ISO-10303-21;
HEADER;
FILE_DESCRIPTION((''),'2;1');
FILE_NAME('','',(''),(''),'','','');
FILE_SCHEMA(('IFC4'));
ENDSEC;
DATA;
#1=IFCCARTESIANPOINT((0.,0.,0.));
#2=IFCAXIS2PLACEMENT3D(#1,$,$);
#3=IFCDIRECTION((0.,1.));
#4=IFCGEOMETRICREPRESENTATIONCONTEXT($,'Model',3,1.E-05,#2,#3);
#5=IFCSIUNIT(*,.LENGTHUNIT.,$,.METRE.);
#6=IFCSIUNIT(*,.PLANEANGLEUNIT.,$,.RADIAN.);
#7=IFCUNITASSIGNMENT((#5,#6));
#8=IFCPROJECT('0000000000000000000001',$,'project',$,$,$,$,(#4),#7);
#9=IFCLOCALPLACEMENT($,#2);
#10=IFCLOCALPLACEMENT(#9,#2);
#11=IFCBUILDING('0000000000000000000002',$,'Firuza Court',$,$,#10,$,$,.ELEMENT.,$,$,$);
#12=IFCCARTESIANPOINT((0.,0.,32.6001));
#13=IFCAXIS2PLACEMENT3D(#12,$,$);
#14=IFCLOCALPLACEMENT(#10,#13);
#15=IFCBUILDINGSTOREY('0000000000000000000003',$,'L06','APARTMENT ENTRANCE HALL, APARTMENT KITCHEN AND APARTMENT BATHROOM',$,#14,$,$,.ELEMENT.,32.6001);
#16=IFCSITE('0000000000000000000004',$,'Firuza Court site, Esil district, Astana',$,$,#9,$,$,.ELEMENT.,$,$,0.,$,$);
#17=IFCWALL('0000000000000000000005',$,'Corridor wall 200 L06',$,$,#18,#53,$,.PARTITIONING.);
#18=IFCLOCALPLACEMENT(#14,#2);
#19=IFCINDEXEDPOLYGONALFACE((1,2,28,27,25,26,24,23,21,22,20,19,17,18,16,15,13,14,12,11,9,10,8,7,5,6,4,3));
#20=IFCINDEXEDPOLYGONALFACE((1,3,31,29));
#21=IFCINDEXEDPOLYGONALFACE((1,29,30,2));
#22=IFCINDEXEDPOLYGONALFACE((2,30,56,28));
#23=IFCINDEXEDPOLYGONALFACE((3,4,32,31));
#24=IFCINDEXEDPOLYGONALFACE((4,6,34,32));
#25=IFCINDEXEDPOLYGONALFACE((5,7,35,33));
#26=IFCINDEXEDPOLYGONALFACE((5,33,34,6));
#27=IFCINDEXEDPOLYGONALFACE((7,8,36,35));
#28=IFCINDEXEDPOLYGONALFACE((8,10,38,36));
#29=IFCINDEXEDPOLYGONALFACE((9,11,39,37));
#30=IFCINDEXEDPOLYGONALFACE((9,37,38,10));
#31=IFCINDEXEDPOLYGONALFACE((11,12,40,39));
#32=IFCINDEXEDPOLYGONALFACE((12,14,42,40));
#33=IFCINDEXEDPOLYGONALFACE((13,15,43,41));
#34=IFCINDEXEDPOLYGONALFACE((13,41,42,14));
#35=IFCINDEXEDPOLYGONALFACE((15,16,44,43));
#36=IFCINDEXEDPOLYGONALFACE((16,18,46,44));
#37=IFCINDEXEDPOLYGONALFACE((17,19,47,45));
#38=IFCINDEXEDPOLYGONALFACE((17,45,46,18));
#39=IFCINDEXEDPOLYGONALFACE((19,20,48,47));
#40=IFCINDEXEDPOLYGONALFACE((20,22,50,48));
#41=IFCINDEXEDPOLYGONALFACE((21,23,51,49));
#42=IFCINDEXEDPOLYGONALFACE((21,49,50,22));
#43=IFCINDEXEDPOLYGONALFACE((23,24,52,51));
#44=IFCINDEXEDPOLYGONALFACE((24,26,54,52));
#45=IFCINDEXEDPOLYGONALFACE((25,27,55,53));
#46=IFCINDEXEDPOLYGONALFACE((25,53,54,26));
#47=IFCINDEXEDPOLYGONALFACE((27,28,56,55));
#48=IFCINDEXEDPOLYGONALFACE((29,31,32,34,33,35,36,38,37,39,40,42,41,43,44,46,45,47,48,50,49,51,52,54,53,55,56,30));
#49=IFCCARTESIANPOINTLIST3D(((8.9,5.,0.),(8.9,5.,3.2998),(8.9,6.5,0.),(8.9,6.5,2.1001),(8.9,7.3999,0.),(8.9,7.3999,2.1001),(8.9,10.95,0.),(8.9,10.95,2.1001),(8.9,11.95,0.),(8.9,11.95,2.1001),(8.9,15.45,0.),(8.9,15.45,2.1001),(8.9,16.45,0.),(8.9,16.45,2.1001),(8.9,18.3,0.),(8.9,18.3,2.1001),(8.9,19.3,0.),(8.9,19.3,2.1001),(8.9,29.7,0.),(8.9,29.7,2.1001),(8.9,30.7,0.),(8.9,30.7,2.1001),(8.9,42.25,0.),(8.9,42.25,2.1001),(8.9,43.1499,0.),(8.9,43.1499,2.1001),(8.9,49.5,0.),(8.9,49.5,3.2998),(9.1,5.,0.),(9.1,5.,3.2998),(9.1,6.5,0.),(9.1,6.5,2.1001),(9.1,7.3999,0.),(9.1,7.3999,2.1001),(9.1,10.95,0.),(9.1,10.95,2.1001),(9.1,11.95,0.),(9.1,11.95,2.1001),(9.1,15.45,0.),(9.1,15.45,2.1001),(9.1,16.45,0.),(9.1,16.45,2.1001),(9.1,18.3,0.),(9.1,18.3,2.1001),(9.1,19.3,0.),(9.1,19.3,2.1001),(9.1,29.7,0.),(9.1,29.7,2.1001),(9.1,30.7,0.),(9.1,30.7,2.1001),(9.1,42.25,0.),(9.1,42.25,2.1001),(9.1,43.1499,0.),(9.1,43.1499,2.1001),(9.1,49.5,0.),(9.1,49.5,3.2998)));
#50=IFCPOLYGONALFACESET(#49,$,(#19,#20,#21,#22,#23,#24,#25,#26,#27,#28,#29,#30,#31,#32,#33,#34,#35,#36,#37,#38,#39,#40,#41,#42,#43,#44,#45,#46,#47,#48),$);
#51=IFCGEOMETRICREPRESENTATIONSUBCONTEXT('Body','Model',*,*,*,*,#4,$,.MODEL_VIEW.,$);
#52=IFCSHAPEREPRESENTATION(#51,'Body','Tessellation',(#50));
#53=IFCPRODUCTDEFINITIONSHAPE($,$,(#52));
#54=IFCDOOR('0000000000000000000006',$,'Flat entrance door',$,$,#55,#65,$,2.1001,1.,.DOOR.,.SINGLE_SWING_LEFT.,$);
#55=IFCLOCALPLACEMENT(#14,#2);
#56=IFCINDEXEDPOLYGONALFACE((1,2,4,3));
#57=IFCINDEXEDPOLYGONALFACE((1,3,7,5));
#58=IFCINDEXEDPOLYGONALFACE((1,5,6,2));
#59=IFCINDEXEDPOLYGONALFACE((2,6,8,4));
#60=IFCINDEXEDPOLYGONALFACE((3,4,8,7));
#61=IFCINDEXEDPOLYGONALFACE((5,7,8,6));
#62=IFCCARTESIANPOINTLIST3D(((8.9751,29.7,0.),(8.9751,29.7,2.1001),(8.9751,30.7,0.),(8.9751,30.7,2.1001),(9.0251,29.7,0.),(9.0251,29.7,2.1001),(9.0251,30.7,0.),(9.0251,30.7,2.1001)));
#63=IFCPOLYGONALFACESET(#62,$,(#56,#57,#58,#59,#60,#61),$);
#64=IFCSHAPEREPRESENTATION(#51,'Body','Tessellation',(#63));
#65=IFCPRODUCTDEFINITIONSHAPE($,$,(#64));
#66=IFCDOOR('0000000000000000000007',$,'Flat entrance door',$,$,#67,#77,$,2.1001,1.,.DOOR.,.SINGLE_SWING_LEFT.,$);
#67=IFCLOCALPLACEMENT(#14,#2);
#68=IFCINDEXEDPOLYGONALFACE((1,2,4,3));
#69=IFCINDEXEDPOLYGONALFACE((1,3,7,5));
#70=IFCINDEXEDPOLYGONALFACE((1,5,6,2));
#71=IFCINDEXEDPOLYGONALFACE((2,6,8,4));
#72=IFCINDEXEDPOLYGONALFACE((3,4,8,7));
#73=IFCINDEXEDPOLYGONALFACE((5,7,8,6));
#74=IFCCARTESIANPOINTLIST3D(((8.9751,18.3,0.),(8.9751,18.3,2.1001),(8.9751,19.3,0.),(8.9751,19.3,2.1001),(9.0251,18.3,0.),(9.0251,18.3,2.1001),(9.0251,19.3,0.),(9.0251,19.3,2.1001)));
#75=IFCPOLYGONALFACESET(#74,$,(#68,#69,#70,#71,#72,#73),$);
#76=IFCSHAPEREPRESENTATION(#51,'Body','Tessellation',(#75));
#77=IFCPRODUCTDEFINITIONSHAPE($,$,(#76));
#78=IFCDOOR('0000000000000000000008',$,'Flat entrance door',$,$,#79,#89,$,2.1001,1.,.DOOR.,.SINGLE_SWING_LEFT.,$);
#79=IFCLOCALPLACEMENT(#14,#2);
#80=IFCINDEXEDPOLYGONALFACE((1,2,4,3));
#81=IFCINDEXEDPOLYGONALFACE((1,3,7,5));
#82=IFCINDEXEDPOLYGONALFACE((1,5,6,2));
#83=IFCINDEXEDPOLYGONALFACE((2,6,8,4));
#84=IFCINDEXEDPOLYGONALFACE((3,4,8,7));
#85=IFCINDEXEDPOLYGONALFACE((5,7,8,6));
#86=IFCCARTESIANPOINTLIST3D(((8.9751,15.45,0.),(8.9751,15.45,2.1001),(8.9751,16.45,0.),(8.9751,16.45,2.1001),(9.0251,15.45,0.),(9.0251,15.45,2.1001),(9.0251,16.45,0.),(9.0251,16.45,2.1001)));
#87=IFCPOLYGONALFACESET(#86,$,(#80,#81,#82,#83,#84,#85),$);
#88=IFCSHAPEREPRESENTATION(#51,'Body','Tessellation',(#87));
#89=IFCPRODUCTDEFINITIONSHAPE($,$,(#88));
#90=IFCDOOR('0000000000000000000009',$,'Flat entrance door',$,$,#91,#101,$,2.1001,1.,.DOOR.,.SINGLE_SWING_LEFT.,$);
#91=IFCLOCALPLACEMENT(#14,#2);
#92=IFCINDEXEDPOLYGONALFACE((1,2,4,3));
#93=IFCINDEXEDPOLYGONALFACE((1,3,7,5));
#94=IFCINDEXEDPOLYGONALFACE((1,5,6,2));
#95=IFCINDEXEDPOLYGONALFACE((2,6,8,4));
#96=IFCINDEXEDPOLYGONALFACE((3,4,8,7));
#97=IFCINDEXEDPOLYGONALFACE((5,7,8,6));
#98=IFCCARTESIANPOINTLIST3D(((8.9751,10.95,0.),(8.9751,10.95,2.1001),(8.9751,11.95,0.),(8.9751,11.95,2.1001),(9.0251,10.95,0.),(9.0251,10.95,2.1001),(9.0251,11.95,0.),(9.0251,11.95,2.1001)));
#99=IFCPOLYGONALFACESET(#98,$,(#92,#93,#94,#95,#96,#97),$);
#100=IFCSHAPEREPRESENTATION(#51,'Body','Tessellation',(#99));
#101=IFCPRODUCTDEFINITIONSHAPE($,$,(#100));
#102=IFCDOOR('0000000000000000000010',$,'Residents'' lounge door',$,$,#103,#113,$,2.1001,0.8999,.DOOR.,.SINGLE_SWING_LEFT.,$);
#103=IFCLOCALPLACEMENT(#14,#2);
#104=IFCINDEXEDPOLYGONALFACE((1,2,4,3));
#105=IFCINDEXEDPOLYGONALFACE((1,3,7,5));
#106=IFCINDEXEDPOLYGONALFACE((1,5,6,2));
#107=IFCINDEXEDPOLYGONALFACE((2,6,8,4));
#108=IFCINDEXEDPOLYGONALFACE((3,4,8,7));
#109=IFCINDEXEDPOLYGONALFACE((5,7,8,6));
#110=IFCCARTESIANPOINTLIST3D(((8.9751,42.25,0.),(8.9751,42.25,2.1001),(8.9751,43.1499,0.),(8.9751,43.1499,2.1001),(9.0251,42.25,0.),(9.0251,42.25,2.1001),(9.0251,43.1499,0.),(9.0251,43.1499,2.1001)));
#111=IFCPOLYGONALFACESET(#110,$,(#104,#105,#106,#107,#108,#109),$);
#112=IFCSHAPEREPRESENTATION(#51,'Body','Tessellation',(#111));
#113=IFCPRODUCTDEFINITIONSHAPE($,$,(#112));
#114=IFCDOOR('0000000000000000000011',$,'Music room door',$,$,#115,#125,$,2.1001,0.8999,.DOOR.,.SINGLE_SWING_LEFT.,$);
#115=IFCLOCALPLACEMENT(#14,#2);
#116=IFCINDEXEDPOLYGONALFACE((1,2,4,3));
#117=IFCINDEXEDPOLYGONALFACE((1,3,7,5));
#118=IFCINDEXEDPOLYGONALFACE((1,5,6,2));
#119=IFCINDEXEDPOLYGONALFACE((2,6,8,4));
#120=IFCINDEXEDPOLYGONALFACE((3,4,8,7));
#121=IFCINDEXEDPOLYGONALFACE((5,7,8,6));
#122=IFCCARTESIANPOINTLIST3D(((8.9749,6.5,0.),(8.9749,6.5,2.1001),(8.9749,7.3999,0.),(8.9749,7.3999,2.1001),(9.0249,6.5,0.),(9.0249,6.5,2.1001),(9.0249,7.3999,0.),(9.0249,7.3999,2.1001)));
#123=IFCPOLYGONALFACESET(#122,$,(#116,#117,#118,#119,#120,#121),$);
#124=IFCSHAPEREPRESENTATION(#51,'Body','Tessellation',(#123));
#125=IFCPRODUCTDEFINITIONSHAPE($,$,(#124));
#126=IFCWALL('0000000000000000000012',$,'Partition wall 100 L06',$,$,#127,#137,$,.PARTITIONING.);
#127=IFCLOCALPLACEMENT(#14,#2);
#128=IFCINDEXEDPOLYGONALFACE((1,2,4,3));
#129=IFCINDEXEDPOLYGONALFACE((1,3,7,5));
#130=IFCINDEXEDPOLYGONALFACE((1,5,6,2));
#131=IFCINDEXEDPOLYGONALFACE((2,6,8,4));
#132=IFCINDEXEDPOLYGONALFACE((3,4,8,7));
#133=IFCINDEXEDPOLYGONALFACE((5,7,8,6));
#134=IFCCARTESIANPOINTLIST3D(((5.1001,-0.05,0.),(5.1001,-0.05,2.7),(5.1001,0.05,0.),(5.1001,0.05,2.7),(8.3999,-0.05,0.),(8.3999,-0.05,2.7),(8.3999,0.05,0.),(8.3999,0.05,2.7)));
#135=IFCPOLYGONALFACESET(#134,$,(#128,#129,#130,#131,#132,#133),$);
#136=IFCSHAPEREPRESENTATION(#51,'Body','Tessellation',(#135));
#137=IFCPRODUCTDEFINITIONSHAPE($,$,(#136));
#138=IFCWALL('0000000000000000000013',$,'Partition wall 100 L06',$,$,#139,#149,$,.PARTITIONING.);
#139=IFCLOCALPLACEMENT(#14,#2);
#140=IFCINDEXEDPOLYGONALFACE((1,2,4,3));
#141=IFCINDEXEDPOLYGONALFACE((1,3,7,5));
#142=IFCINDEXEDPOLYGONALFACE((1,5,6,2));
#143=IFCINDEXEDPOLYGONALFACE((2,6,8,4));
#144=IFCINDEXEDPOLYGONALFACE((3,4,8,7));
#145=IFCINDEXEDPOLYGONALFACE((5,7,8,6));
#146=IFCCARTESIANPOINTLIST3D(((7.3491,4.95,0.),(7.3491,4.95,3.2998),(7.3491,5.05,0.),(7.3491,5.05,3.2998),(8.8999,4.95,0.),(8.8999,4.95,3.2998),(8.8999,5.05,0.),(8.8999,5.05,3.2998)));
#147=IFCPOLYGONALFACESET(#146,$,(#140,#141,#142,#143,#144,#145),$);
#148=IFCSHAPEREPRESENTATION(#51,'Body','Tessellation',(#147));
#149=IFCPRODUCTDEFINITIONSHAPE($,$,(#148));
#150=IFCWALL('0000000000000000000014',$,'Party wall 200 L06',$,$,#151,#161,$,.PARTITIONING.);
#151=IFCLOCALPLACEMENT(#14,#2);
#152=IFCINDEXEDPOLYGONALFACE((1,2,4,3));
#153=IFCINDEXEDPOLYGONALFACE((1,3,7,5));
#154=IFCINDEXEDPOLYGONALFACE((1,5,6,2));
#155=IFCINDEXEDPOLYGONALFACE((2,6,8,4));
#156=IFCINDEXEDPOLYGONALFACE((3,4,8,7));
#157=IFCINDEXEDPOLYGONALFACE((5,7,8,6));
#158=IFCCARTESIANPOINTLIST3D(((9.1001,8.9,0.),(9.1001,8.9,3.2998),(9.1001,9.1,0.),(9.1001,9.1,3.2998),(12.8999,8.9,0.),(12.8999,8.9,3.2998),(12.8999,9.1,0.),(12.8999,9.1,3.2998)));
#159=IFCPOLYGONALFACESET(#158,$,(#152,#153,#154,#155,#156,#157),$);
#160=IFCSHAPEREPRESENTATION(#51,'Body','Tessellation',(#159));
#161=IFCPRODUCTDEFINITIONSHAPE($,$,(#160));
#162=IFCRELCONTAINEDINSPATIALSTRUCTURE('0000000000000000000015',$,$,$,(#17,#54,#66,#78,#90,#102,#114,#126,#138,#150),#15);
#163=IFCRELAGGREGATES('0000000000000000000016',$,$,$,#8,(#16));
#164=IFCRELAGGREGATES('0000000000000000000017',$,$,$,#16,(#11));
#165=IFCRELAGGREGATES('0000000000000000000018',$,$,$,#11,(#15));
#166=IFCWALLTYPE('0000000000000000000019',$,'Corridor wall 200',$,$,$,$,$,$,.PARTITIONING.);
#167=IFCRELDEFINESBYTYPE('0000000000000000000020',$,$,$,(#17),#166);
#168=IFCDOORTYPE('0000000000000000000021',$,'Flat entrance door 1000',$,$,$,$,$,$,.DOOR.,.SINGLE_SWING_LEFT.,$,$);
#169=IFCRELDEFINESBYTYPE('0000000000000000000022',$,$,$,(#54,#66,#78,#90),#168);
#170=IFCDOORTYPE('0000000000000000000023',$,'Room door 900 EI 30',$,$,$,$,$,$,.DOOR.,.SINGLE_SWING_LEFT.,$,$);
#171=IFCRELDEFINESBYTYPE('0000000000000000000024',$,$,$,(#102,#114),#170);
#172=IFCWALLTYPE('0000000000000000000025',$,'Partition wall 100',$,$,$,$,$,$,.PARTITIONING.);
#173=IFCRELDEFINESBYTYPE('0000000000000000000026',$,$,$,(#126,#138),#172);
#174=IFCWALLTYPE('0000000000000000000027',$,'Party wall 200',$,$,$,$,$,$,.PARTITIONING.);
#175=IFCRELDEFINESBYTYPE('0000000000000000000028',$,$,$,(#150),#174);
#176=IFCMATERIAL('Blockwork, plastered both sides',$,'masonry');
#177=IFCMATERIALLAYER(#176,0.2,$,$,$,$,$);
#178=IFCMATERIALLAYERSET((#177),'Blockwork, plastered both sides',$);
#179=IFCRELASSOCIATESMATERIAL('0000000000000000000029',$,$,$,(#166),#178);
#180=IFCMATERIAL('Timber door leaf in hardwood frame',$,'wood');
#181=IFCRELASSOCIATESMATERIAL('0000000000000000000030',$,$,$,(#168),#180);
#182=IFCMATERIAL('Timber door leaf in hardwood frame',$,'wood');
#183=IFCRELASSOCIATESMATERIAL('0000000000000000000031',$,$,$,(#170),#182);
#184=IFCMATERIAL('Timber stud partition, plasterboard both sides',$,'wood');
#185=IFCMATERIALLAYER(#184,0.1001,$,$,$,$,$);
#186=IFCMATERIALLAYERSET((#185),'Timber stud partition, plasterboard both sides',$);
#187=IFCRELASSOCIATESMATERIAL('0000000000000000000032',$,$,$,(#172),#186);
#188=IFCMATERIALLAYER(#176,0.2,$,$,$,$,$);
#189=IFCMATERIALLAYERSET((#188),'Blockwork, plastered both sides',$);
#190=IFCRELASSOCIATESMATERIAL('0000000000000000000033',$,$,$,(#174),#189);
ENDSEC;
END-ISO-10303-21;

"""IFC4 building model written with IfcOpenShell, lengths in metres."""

from ifc_helpers import new_model, si_unit, direction, frame, frame_2d, origin, place, context, subcontext, project, spatial, rectangle, extrude, material, layer, layer_set, type_object, element, fill, save


model = new_model("IFC4")

# Units and contexts
model_context = context("Model", 3, precision=1e-05, world=origin(), true_north=direction((0.0, 1.0)))
body_context = subcontext(model_context, "Body", "Model", "MODEL_VIEW")
ifc_project = project(units=[si_unit("LENGTHUNIT", "METRE"), si_unit("PLANEANGLEUNIT", "RADIAN")], contexts=[model_context])

# Site, building, storey
site_placement = place(None, origin())
site = spatial("IfcSite", under=ifc_project, at=site_placement, Name="Firuza Court site, Esil district, Astana", CompositionType="ELEMENT", RefElevation=0.0)
building_placement = place(site_placement, origin())
building = spatial("IfcBuilding", under=site, at=building_placement, Name="Firuza Court", CompositionType="ELEMENT")
storey_placement = place(building_placement, frame((0.0, 0.0, 32.6001)))
storey = spatial("IfcBuildingStorey", under=building, at=storey_placement, Name="L06", Description="APARTMENT ENTRANCE HALL, APARTMENT KITCHEN AND APARTMENT BATHROOM", CompositionType="ELEMENT", Elevation=32.6001)

# Wall, openings, doors
ifc_material_1 = material(Name="Blockwork, plastered both sides", Category="masonry")
ifc_layer_1 = layer(ifc_material_1, 0.2)
ifc_layer_set_1 = layer_set([ifc_layer_1], Name="Blockwork, plastered both sides")
wall_type_1 = type_object("IfcWallType", Name="Corridor wall 200", PredefinedType="PARTITIONING", material=ifc_layer_set_1)
wall_1_placement = place(storey_placement, frame((9.0, 5.0, 0.0), z_axis=(0.0, 0.0, 1.0), x_axis=(0.0, 1.0, 0.0)))
wall_1 = element("IfcWall", 1, at=wall_1_placement, inside=storey, type_object=wall_type_1, Name="Corridor wall 200 L06", PredefinedType="PARTITIONING", context=body_context, shape_type="SweptSolid", body=[
    extrude(rectangle(XDim=44.5, YDim=0.2, at=frame_2d((22.25, 0.0))), origin(), (0.0, 0.0, 1.0), 3.2998),
])
opening_1_placement = place(wall_1_placement, frame((24.7, 0.0, 0.0)))
opening_1 = element("IfcOpeningElement", 2, at=opening_1_placement, cuts=wall_1, PredefinedType="OPENING", context=body_context, shape_type="SweptSolid", body=[
    extrude(rectangle(XDim=1.0, YDim=2.1001, at=frame_2d((0.5, 1.05))), frame((0.0, 0.1118, 0.0), z_axis=(0.0, -1.0, 0.0), x_axis=(1.0, 0.0, 0.0)), (0.0, 0.0, 1.0), 0.2239),
])
opening_2_placement = place(wall_1_placement, frame((13.3, 0.0, 0.0)))
opening_2 = element("IfcOpeningElement", 3, at=opening_2_placement, cuts=wall_1, PredefinedType="OPENING", context=body_context, shape_type="SweptSolid", body=[
    extrude(rectangle(XDim=1.0, YDim=2.1001, at=frame_2d((0.5, 1.05))), frame((0.0, 0.1118, 0.0), z_axis=(0.0, -1.0, 0.0), x_axis=(1.0, 0.0, 0.0)), (0.0, 0.0, 1.0), 0.2239),
])
opening_3_placement = place(wall_1_placement, frame((10.45, 0.0, 0.0)))
opening_3 = element("IfcOpeningElement", 4, at=opening_3_placement, cuts=wall_1, PredefinedType="OPENING", context=body_context, shape_type="SweptSolid", body=[
    extrude(rectangle(XDim=1.0, YDim=2.1001, at=frame_2d((0.5, 1.05))), frame((0.0, 0.1118, 0.0), z_axis=(0.0, -1.0, 0.0), x_axis=(1.0, 0.0, 0.0)), (0.0, 0.0, 1.0), 0.2239),
])
opening_4_placement = place(wall_1_placement, frame((5.95, 0.0, 0.0)))
opening_4 = element("IfcOpeningElement", 5, at=opening_4_placement, cuts=wall_1, PredefinedType="OPENING", context=body_context, shape_type="SweptSolid", body=[
    extrude(rectangle(XDim=1.0, YDim=2.1001, at=frame_2d((0.5, 1.05))), frame((0.0, 0.1118, 0.0), z_axis=(0.0, -1.0, 0.0), x_axis=(1.0, 0.0, 0.0)), (0.0, 0.0, 1.0), 0.2239),
])
opening_5_placement = place(wall_1_placement, frame((37.25, 0.0, 0.0)))
opening_5 = element("IfcOpeningElement", 6, at=opening_5_placement, cuts=wall_1, PredefinedType="OPENING", context=body_context, shape_type="SweptSolid", body=[
    extrude(rectangle(XDim=0.8999, YDim=2.1001, at=frame_2d((0.45, 1.05))), frame((0.0, 0.1118, 0.0), z_axis=(0.0, -1.0, 0.0), x_axis=(1.0, 0.0, 0.0)), (0.0, 0.0, 1.0), 0.2239),
])
opening_6_placement = place(wall_1_placement, frame((1.5, 0.0, 0.0)))
opening_6 = element("IfcOpeningElement", 7, at=opening_6_placement, cuts=wall_1, PredefinedType="OPENING", context=body_context, shape_type="SweptSolid", body=[
    extrude(rectangle(XDim=0.8999, YDim=2.1001, at=frame_2d((0.45, 1.05))), frame((0.0, 0.1118, 0.0), z_axis=(0.0, -1.0, 0.0), x_axis=(1.0, 0.0, 0.0)), (0.0, 0.0, 1.0), 0.2239),
])
ifc_material_2 = material(Name="Timber door leaf in hardwood frame", Category="wood")
door_type_1 = type_object("IfcDoorType", Name="Flat entrance door 1000", OperationType="SINGLE_SWING_LEFT", PredefinedType="DOOR", material=ifc_material_2)
door_1_placement = place(opening_1_placement, origin())
door_1 = element("IfcDoor", 8, at=door_1_placement, inside=storey, type_object=door_type_1, Name="Flat entrance door", OperationType="SINGLE_SWING_LEFT", OverallHeight=2.1001, OverallWidth=1.0, PredefinedType="DOOR", context=body_context, shape_type="SweptSolid", body=[
    extrude(rectangle(XDim=1.0, YDim=2.1001, at=frame_2d((0.5, 1.05))), frame((0.0, 0.0249, 0.0), z_axis=(0.0, -1.0, 0.0), x_axis=(1.0, 0.0, 0.0)), (0.0, 0.0, 1.0), 0.05),
])
fill(opening_1, door_1)
door_2_placement = place(opening_2_placement, origin())
door_2 = element("IfcDoor", 9, at=door_2_placement, inside=storey, type_object=door_type_1, Name="Flat entrance door", OperationType="SINGLE_SWING_LEFT", OverallHeight=2.1001, OverallWidth=1.0, PredefinedType="DOOR", context=body_context, shape_type="SweptSolid", body=[
    extrude(rectangle(XDim=1.0, YDim=2.1001, at=frame_2d((0.5, 1.05))), frame((0.0, 0.0249, 0.0), z_axis=(0.0, -1.0, 0.0), x_axis=(1.0, 0.0, 0.0)), (0.0, 0.0, 1.0), 0.05),
])
fill(opening_2, door_2)
door_3_placement = place(opening_3_placement, origin())
door_3 = element("IfcDoor", 10, at=door_3_placement, inside=storey, type_object=door_type_1, Name="Flat entrance door", OperationType="SINGLE_SWING_LEFT", OverallHeight=2.1001, OverallWidth=1.0, PredefinedType="DOOR", context=body_context, shape_type="SweptSolid", body=[
    extrude(rectangle(XDim=1.0, YDim=2.1001, at=frame_2d((0.5, 1.05))), frame((0.0, 0.0249, 0.0), z_axis=(0.0, -1.0, 0.0), x_axis=(1.0, 0.0, 0.0)), (0.0, 0.0, 1.0), 0.05),
])
fill(opening_3, door_3)
door_4_placement = place(opening_4_placement, origin())
door_4 = element("IfcDoor", 11, at=door_4_placement, inside=storey, type_object=door_type_1, Name="Flat entrance door", OperationType="SINGLE_SWING_LEFT", OverallHeight=2.1001, OverallWidth=1.0, PredefinedType="DOOR", context=body_context, shape_type="SweptSolid", body=[
    extrude(rectangle(XDim=1.0, YDim=2.1001, at=frame_2d((0.5, 1.05))), frame((0.0, 0.0249, 0.0), z_axis=(0.0, -1.0, 0.0), x_axis=(1.0, 0.0, 0.0)), (0.0, 0.0, 1.0), 0.05),
])
fill(opening_4, door_4)
ifc_material_3 = material(Name="Timber door leaf in hardwood frame", Category="wood")
door_type_2 = type_object("IfcDoorType", Name="Room door 900 EI 30", OperationType="SINGLE_SWING_LEFT", PredefinedType="DOOR", material=ifc_material_3)
door_5_placement = place(opening_5_placement, origin())
door_5 = element("IfcDoor", 12, at=door_5_placement, inside=storey, type_object=door_type_2, Name="Residents' lounge door", OperationType="SINGLE_SWING_LEFT", OverallHeight=2.1001, OverallWidth=0.8999, PredefinedType="DOOR", context=body_context, shape_type="SweptSolid", body=[
    extrude(rectangle(XDim=0.8999, YDim=2.1001, at=frame_2d((0.45, 1.05))), frame((0.0, 0.0249, 0.0), z_axis=(0.0, -1.0, 0.0), x_axis=(1.0, 0.0, 0.0)), (0.0, 0.0, 1.0), 0.05),
])
fill(opening_5, door_5)
door_6_placement = place(opening_6_placement, frame((0.8999, 0.0, 0.0), z_axis=(0.0, 0.0, 1.0), x_axis=(-1.0, 0.0, 0.0)))
door_6 = element("IfcDoor", 13, at=door_6_placement, inside=storey, type_object=door_type_2, Name="Music room door", OperationType="SINGLE_SWING_LEFT", OverallHeight=2.1001, OverallWidth=0.8999, PredefinedType="DOOR", context=body_context, shape_type="SweptSolid", body=[
    extrude(rectangle(XDim=0.8999, YDim=2.1001, at=frame_2d((0.45, 1.05))), frame((0.0, 0.0249, 0.0), z_axis=(0.0, -1.0, 0.0), x_axis=(1.0, 0.0, 0.0)), (0.0, 0.0, 1.0), 0.05),
])
fill(opening_6, door_6)

# Walls
ifc_material_4 = material(Name="Timber stud partition, plasterboard both sides", Category="wood")
ifc_layer_2 = layer(ifc_material_4, 0.1001)
ifc_layer_set_2 = layer_set([ifc_layer_2], Name="Timber stud partition, plasterboard both sides")
wall_type_2 = type_object("IfcWallType", Name="Partition wall 100", PredefinedType="PARTITIONING", material=ifc_layer_set_2)
wall_2_placement = place(storey_placement, frame((5.1001, 0.0, 0.0), z_axis=(0.0, 0.0, 1.0), x_axis=(1.0, 0.0, 0.0)))
element("IfcWall", 14, at=wall_2_placement, inside=storey, type_object=wall_type_2, Name="Partition wall 100 L06", PredefinedType="PARTITIONING", context=body_context, shape_type="SweptSolid", body=[
    extrude(rectangle(XDim=3.2998, YDim=0.1001, at=frame_2d((1.6499, 0.0))), origin(), (0.0, 0.0, 1.0), 2.7),
])
wall_3_placement = place(storey_placement, frame((7.3491, 5.0, 0.0), z_axis=(0.0, 0.0, 1.0), x_axis=(1.0, 0.0, 0.0)))
element("IfcWall", 15, at=wall_3_placement, inside=storey, type_object=wall_type_2, Name="Partition wall 100 L06", PredefinedType="PARTITIONING", context=body_context, shape_type="SweptSolid", body=[
    extrude(rectangle(XDim=1.5508, YDim=0.1001, at=frame_2d((0.7754, 0.0))), origin(), (0.0, 0.0, 1.0), 3.2998),
])
ifc_layer_3 = layer(ifc_material_1, 0.2)
ifc_layer_set_3 = layer_set([ifc_layer_3], Name="Blockwork, plastered both sides")
wall_type_3 = type_object("IfcWallType", Name="Party wall 200", PredefinedType="PARTITIONING", material=ifc_layer_set_3)
wall_4_placement = place(storey_placement, frame((9.1001, 9.0, 0.0), z_axis=(0.0, 0.0, 1.0), x_axis=(1.0, 0.0, 0.0)))
element("IfcWall", 16, at=wall_4_placement, inside=storey, type_object=wall_type_3, Name="Party wall 200 L06", PredefinedType="PARTITIONING", context=body_context, shape_type="SweptSolid", body=[
    extrude(rectangle(XDim=3.7998, YDim=0.2, at=frame_2d((1.8999, 0.0))), origin(), (0.0, 0.0, 1.0), 3.2998),
])

save(model, "model.ifc")
